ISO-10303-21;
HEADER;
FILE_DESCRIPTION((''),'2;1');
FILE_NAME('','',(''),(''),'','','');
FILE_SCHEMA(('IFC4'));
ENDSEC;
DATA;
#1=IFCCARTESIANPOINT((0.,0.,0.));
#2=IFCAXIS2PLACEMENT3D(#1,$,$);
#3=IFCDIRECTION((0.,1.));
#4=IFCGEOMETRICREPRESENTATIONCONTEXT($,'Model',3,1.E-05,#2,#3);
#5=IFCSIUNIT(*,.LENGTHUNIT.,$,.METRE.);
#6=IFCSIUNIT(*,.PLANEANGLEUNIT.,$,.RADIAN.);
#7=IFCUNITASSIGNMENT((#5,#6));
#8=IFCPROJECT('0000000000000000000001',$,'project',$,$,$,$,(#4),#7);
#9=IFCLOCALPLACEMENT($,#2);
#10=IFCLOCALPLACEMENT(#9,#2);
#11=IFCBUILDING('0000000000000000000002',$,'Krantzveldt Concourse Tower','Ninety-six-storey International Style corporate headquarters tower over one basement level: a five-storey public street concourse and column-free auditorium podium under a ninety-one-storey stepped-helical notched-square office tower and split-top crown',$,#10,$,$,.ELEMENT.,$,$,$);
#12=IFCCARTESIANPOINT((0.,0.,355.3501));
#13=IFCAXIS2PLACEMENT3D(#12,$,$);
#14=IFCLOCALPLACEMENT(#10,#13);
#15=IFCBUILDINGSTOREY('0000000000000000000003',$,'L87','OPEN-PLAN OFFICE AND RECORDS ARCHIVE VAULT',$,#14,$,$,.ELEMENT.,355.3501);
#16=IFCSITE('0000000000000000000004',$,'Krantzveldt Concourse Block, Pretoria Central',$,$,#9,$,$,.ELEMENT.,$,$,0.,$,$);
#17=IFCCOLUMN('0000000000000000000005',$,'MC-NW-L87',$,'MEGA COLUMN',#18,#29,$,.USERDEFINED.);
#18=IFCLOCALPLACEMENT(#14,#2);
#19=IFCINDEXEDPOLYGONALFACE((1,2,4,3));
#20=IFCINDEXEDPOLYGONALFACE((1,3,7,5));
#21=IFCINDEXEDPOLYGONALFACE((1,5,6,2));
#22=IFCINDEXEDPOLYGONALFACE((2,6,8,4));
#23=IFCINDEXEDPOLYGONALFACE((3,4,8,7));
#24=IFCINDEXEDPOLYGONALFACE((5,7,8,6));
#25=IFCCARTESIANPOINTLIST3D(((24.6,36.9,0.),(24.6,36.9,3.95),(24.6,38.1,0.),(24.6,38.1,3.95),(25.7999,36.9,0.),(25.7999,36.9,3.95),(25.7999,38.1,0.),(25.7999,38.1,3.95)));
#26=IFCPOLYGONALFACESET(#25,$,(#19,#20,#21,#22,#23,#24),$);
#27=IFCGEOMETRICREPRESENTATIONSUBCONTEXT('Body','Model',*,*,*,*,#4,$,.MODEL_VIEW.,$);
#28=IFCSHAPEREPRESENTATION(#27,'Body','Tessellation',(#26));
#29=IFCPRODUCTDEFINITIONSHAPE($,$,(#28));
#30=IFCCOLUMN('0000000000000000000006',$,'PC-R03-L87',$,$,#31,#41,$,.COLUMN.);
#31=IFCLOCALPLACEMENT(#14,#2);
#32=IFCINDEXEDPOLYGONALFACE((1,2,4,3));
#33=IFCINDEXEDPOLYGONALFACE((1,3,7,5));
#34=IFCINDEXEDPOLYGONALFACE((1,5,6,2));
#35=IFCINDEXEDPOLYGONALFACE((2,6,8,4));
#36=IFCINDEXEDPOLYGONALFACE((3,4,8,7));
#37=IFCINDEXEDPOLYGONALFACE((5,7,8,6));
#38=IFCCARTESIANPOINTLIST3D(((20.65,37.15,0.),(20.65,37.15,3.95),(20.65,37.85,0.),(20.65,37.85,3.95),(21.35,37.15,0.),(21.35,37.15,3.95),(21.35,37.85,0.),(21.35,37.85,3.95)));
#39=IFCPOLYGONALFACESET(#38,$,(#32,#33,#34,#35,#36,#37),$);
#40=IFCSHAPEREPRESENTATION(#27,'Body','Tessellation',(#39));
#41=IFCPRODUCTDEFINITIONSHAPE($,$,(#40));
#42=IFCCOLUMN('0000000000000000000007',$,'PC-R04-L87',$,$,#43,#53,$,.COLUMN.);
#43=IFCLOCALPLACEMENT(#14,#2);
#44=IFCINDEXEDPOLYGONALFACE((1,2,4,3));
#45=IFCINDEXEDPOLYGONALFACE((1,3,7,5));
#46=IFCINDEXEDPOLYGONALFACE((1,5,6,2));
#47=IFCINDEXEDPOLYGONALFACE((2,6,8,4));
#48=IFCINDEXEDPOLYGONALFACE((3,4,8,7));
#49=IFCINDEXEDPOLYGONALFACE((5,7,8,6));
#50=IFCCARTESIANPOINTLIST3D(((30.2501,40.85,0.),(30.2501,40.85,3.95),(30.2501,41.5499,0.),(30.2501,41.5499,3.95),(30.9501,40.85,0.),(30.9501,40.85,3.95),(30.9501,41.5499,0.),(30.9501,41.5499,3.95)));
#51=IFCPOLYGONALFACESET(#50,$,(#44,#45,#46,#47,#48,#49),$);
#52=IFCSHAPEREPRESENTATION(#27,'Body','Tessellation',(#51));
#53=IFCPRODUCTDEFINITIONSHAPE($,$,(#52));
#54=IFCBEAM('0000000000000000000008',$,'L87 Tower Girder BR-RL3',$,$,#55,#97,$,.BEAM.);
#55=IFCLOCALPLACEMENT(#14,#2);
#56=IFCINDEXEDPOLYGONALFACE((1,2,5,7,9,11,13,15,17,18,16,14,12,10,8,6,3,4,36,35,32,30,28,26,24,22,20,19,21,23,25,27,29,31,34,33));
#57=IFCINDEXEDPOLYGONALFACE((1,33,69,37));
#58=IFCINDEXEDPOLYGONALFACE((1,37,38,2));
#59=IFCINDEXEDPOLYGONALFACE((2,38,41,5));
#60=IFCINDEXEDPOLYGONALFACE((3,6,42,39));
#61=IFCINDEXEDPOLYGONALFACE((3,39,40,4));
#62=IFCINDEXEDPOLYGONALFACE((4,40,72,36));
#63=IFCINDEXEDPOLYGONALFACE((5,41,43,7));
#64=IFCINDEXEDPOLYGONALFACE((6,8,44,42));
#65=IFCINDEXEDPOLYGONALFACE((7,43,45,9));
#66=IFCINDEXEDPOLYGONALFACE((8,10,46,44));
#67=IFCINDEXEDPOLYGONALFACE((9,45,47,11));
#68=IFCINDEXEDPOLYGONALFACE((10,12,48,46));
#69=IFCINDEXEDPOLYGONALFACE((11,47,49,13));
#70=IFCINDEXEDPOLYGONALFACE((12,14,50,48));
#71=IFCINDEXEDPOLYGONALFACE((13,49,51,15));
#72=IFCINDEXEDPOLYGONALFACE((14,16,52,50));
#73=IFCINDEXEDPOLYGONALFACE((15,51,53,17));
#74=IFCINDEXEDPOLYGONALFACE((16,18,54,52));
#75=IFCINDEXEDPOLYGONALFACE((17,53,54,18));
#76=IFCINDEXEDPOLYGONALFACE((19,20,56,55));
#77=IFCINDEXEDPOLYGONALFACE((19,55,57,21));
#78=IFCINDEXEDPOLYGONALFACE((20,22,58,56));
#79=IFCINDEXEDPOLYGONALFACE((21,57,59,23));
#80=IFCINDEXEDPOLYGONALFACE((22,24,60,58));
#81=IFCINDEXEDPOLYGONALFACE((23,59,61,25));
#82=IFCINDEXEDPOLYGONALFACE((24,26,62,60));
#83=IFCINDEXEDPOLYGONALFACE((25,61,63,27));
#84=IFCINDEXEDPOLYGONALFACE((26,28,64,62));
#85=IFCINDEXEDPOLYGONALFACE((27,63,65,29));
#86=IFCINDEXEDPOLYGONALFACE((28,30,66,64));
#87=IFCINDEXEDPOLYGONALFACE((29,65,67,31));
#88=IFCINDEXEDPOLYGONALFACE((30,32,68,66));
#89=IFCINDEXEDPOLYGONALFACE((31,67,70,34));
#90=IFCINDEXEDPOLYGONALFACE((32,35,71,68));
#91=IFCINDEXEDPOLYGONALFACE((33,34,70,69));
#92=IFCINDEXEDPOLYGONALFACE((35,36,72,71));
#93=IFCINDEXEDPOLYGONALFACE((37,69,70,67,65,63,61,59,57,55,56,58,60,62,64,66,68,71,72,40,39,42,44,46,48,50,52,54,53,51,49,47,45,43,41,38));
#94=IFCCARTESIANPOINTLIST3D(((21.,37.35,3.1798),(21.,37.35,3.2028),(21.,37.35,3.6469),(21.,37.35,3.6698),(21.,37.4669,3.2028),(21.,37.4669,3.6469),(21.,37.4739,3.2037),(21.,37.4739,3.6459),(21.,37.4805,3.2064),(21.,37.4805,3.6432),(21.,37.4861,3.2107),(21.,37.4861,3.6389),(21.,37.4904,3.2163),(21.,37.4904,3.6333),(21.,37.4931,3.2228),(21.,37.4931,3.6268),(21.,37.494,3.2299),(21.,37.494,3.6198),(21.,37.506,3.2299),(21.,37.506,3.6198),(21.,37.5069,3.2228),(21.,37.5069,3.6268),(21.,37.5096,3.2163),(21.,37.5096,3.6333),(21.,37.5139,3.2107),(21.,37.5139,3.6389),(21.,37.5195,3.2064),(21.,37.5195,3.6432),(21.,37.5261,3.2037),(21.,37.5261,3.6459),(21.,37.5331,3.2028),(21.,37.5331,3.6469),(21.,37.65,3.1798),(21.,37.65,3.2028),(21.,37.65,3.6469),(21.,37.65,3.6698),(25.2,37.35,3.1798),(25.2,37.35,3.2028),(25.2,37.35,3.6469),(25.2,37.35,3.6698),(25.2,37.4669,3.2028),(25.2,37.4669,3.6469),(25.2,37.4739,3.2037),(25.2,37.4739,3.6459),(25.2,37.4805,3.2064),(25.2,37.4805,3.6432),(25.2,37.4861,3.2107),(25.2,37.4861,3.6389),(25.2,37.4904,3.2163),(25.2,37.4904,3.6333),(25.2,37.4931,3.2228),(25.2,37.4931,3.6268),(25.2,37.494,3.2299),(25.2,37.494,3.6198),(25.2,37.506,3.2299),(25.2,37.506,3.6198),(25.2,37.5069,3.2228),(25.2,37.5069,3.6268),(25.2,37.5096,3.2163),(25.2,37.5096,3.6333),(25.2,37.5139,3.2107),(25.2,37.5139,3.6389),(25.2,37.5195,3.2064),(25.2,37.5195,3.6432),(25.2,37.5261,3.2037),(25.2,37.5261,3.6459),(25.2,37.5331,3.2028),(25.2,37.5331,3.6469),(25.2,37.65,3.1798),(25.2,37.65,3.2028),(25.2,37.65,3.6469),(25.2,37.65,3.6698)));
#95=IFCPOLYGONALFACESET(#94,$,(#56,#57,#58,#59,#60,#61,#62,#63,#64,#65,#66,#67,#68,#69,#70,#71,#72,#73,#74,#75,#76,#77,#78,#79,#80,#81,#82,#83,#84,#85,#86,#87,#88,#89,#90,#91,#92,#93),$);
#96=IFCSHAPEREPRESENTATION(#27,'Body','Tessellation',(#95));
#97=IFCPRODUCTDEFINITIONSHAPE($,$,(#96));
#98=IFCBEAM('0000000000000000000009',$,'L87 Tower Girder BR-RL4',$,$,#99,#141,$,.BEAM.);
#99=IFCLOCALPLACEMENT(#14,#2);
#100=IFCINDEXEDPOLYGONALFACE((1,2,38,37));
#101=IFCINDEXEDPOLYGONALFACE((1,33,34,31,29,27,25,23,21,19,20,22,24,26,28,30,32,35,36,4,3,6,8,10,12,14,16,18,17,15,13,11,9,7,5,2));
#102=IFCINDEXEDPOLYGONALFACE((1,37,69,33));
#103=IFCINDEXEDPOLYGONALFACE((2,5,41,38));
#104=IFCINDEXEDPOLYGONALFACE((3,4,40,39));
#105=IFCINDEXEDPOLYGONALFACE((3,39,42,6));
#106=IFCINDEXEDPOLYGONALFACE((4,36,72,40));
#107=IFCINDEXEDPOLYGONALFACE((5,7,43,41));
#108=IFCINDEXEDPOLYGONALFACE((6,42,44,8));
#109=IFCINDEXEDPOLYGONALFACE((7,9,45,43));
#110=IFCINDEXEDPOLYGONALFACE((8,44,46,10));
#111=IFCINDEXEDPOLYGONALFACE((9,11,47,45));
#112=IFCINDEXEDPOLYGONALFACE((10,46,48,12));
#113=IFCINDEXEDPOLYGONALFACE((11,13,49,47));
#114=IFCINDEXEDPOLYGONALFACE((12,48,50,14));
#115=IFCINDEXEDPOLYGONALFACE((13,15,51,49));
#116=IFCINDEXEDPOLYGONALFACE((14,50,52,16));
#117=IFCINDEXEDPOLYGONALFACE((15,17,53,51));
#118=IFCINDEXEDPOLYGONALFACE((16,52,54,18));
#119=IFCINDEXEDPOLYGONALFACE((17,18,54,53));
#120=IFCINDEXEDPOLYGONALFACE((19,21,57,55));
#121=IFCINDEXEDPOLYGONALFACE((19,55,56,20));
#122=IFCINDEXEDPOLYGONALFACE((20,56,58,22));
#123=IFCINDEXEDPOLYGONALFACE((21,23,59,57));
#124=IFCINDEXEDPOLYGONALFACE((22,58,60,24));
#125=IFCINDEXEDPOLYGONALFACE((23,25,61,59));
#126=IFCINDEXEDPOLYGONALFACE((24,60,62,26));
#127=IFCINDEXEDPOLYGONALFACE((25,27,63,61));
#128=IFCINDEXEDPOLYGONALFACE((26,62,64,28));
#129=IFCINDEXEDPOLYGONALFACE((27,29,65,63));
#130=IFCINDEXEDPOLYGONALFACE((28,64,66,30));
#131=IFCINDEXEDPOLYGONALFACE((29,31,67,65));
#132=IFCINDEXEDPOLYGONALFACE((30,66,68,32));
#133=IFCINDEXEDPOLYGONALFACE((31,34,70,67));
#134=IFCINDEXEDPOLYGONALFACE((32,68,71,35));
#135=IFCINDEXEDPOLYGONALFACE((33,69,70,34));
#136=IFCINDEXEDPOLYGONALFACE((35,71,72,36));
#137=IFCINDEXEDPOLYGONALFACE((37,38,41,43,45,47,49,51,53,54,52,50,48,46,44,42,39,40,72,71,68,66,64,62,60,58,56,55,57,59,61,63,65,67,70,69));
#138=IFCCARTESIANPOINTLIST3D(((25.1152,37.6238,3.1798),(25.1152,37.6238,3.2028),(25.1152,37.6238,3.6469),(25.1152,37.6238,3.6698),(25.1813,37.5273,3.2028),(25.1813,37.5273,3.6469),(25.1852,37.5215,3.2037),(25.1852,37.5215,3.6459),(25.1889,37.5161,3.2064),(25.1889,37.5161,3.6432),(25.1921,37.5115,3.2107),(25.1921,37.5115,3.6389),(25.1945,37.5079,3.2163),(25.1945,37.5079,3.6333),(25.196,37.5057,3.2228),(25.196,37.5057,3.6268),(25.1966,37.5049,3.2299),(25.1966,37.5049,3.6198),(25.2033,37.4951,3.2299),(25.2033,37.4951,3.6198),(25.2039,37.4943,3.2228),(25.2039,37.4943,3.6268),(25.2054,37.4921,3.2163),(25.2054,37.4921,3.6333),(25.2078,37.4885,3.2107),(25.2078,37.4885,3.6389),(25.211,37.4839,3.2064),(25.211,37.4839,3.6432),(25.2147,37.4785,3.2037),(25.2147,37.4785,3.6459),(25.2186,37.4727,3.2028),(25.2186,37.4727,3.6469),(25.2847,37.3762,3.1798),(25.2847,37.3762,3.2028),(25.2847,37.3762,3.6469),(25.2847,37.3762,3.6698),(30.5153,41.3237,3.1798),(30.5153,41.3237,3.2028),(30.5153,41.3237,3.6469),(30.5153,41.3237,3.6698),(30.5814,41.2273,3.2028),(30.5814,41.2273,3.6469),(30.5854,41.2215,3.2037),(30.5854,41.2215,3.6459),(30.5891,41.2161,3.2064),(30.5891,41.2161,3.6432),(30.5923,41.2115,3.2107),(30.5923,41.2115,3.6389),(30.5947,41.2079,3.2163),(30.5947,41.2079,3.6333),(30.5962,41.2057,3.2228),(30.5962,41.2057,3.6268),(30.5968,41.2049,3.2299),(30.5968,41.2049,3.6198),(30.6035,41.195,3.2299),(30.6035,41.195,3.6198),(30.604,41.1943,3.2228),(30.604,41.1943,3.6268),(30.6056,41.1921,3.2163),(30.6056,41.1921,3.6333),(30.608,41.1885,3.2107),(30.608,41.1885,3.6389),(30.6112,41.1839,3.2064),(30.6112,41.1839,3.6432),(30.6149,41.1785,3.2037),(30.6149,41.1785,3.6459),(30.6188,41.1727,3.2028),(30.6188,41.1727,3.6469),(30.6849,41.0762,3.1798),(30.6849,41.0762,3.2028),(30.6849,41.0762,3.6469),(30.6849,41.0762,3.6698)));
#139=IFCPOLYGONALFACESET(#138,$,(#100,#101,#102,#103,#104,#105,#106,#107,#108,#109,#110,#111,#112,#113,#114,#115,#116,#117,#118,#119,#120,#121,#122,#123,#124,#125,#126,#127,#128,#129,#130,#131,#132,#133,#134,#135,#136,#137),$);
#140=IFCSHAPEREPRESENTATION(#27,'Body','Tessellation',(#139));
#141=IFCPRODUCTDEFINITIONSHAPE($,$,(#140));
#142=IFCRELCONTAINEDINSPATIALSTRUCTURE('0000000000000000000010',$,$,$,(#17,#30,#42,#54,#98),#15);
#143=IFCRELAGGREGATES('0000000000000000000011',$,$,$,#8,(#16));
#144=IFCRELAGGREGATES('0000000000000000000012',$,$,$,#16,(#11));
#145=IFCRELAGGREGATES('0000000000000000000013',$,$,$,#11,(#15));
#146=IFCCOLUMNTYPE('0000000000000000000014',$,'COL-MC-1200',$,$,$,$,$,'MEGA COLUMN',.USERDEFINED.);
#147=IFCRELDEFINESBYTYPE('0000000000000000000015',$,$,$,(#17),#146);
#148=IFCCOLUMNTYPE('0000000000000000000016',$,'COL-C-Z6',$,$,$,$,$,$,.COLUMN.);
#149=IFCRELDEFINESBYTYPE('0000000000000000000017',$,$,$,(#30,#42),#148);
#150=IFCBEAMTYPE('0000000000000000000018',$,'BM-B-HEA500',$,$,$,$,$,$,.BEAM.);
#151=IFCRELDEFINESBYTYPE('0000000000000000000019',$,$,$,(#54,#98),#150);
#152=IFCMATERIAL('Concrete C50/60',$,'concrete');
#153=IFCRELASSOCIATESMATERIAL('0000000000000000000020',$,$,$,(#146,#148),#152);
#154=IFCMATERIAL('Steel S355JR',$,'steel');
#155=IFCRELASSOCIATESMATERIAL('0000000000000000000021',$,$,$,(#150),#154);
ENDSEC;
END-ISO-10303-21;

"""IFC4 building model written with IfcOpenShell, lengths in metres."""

from ifc_helpers import new_model, si_unit, direction, frame, origin, origin_2d, place, context, subcontext, project, spatial, rectangle, i_section, extrude, source, transform, mapped, material, material_profile, profile_set, type_object, type_shapes, element, save


model = new_model("IFC4")

# Units and contexts
model_context = context("Model", 3, precision=1e-05, world=origin(), true_north=direction((0.0, 1.0)))
body_context = subcontext(model_context, "Body", "Model", "MODEL_VIEW")
ifc_project = project(units=[si_unit("LENGTHUNIT", "METRE"), si_unit("PLANEANGLEUNIT", "RADIAN")], contexts=[model_context])

# Site, building, storey
site_placement = place(None, origin())
site = spatial("IfcSite", under=ifc_project, at=site_placement, Name="Krantzveldt Concourse Block, Pretoria Central", CompositionType="ELEMENT", RefElevation=0.0)
building_placement = place(site_placement, origin())
building = spatial("IfcBuilding", under=site, at=building_placement, Name="Krantzveldt Concourse Tower", Description="Ninety-six-storey International Style corporate headquarters tower over one basement level: a five-storey public street concourse and column-free auditorium podium under a ninety-one-storey stepped-helical notched-square office tower and split-top crown", CompositionType="ELEMENT")
storey_placement = place(building_placement, frame((0.0, 0.0, 355.3501)))
storey = spatial("IfcBuildingStorey", under=building, at=storey_placement, Name="L87", Description="OPEN-PLAN OFFICE AND RECORDS ARCHIVE VAULT", CompositionType="ELEMENT", Elevation=355.3501)

# Columns
ifc_material_1 = material(Name="Concrete C50/60", Category="concrete")
ifc_material_profile_1 = material_profile(ifc_material_1, rectangle(XDim=1.2, YDim=1.2, at=origin_2d()), Name="Concrete C50/60", Category="concrete")
ifc_profile_set_1 = profile_set([ifc_material_profile_1], Name="Concrete C50/60 - RC 1200x1200")
column_type_1 = type_object("IfcColumnType", Name="COL-MC-1200", ElementType="MEGA COLUMN", PredefinedType="USERDEFINED", material=ifc_profile_set_1)
shared_shape_1 = source(origin(), body_context, "Body", "SweptSolid", [
    extrude(rectangle(XDim=1.2, YDim=1.2, at=origin_2d()), origin(), (0.0, 0.0, 1.0), 3.95),
])
type_shapes(column_type_1, [shared_shape_1])
column_placement = place(storey_placement, frame((25.2, 37.5, 0.0), z_axis=(0.0, 0.0, 1.0), x_axis=(1.0, 0.0, 0.0)))
element("IfcColumn", 1, at=column_placement, inside=storey, type_object=column_type_1, Name="MC-NW-L87", ObjectType="MEGA COLUMN", PredefinedType="USERDEFINED", context=body_context, shape_type="MappedRepresentation", body=[
    mapped(shared_shape_1, transform((0.0, 0.0, 0.0), x_axis=(1.0, 0.0, 0.0), y_axis=(0.0, 1.0, 0.0), z_axis=(0.0, 0.0, 1.0), scale=1.0)),
])
ifc_material_profile_2 = material_profile(ifc_material_1, rectangle(XDim=0.7, YDim=0.7, at=origin_2d()), Name="Concrete C50/60", Category="concrete")
ifc_profile_set_2 = profile_set([ifc_material_profile_2], Name="Concrete C50/60 - RC 700x700")
column_type_2 = type_object("IfcColumnType", Name="COL-C-Z6", PredefinedType="COLUMN", material=ifc_profile_set_2)
shared_shape_2 = source(origin(), body_context, "Body", "SweptSolid", [
    extrude(rectangle(XDim=0.7, YDim=0.7, at=origin_2d()), origin(), (0.0, 0.0, 1.0), 3.95),
])
type_shapes(column_type_2, [shared_shape_2])
for number, where, z_axis, x_axis, name in (
    (2, (21.0, 37.5, 0.0), (0.0, 0.0, 1.0), (1.0, 0.0, 0.0), "PC-R03-L87"),
    (3, (30.6001, 41.2, 0.0), (0.0, 0.0, 1.0), (1.0, 0.0, 0.0), "PC-R04-L87"),
):
    element("IfcColumn", number, at=place(storey_placement, frame(where, z_axis=z_axis, x_axis=x_axis)), inside=storey, type_object=column_type_2, Name=name, PredefinedType="COLUMN", context=body_context, shape_type="MappedRepresentation", body=[
        mapped(shared_shape_2, transform((0.0, 0.0, 0.0), x_axis=(1.0, 0.0, 0.0), y_axis=(0.0, 1.0, 0.0), z_axis=(0.0, 0.0, 1.0), scale=1.0)),
    ])

# Beams
ifc_material_2 = material(Name="Steel S355JR", Category="steel")
ifc_material_profile_3 = material_profile(ifc_material_2, i_section(OverallWidth=0.3, OverallDepth=0.49, WebThickness=0.012, FlangeThickness=0.0229, FilletRadius=0.0271, at=origin_2d()), Name="Steel S355JR", Category="steel")
ifc_profile_set_3 = profile_set([ifc_material_profile_3], Name="Steel S355JR - HEA 500")
beam_type_1 = type_object("IfcBeamType", Name="BM-B-HEA500", PredefinedType="BEAM", material=ifc_profile_set_3)
shared_shape_3 = source(origin(), body_context, "Body", "SweptSolid", [
    extrude(i_section(OverallWidth=0.3, OverallDepth=0.49, WebThickness=0.012, FlangeThickness=0.0229, FilletRadius=0.0271, at=origin_2d()), origin(), (0.0, 0.0, 1.0), 4.2),
])
beam_1_placement = place(storey_placement, frame((21.0, 37.5, 3.4248), z_axis=(1.0, 0.0, 0.0), x_axis=(0.0, 1.0, 0.0)))
element("IfcBeam", 4, at=beam_1_placement, inside=storey, type_object=beam_type_1, Name="L87 Tower Girder BR-RL3", PredefinedType="BEAM", context=body_context, shape_type="MappedRepresentation", body=[
    mapped(shared_shape_3, transform((0.0, 0.0, 0.0), x_axis=(1.0, 0.0, 0.0), y_axis=(0.0, 1.0, 0.0), z_axis=(0.0, 0.0, 1.0), scale=1.0)),
])
shared_shape_4 = source(origin(), body_context, "Body", "SweptSolid", [
    extrude(i_section(OverallWidth=0.3, OverallDepth=0.49, WebThickness=0.012, FlangeThickness=0.0229, FilletRadius=0.0271, at=origin_2d()), origin(), (0.0, 0.0, 1.0), 6.5461),
])
type_shapes(beam_type_1, [shared_shape_3, shared_shape_4])
beam_2_placement = place(storey_placement, frame((25.2, 37.5, 3.4248), z_axis=(0.824943, 0.565216, 0.0), x_axis=(-0.565216, 0.824943, 0.0)))
element("IfcBeam", 5, at=beam_2_placement, inside=storey, type_object=beam_type_1, Name="L87 Tower Girder BR-RL4", PredefinedType="BEAM", context=body_context, shape_type="MappedRepresentation", body=[
    mapped(shared_shape_4, transform((0.0, 0.0, 0.0), x_axis=(1.0, 0.0, 0.0), y_axis=(0.0, 1.0, 0.0), z_axis=(0.0, 0.0, 1.0), scale=1.0)),
])

save(model, "model.ifc")
